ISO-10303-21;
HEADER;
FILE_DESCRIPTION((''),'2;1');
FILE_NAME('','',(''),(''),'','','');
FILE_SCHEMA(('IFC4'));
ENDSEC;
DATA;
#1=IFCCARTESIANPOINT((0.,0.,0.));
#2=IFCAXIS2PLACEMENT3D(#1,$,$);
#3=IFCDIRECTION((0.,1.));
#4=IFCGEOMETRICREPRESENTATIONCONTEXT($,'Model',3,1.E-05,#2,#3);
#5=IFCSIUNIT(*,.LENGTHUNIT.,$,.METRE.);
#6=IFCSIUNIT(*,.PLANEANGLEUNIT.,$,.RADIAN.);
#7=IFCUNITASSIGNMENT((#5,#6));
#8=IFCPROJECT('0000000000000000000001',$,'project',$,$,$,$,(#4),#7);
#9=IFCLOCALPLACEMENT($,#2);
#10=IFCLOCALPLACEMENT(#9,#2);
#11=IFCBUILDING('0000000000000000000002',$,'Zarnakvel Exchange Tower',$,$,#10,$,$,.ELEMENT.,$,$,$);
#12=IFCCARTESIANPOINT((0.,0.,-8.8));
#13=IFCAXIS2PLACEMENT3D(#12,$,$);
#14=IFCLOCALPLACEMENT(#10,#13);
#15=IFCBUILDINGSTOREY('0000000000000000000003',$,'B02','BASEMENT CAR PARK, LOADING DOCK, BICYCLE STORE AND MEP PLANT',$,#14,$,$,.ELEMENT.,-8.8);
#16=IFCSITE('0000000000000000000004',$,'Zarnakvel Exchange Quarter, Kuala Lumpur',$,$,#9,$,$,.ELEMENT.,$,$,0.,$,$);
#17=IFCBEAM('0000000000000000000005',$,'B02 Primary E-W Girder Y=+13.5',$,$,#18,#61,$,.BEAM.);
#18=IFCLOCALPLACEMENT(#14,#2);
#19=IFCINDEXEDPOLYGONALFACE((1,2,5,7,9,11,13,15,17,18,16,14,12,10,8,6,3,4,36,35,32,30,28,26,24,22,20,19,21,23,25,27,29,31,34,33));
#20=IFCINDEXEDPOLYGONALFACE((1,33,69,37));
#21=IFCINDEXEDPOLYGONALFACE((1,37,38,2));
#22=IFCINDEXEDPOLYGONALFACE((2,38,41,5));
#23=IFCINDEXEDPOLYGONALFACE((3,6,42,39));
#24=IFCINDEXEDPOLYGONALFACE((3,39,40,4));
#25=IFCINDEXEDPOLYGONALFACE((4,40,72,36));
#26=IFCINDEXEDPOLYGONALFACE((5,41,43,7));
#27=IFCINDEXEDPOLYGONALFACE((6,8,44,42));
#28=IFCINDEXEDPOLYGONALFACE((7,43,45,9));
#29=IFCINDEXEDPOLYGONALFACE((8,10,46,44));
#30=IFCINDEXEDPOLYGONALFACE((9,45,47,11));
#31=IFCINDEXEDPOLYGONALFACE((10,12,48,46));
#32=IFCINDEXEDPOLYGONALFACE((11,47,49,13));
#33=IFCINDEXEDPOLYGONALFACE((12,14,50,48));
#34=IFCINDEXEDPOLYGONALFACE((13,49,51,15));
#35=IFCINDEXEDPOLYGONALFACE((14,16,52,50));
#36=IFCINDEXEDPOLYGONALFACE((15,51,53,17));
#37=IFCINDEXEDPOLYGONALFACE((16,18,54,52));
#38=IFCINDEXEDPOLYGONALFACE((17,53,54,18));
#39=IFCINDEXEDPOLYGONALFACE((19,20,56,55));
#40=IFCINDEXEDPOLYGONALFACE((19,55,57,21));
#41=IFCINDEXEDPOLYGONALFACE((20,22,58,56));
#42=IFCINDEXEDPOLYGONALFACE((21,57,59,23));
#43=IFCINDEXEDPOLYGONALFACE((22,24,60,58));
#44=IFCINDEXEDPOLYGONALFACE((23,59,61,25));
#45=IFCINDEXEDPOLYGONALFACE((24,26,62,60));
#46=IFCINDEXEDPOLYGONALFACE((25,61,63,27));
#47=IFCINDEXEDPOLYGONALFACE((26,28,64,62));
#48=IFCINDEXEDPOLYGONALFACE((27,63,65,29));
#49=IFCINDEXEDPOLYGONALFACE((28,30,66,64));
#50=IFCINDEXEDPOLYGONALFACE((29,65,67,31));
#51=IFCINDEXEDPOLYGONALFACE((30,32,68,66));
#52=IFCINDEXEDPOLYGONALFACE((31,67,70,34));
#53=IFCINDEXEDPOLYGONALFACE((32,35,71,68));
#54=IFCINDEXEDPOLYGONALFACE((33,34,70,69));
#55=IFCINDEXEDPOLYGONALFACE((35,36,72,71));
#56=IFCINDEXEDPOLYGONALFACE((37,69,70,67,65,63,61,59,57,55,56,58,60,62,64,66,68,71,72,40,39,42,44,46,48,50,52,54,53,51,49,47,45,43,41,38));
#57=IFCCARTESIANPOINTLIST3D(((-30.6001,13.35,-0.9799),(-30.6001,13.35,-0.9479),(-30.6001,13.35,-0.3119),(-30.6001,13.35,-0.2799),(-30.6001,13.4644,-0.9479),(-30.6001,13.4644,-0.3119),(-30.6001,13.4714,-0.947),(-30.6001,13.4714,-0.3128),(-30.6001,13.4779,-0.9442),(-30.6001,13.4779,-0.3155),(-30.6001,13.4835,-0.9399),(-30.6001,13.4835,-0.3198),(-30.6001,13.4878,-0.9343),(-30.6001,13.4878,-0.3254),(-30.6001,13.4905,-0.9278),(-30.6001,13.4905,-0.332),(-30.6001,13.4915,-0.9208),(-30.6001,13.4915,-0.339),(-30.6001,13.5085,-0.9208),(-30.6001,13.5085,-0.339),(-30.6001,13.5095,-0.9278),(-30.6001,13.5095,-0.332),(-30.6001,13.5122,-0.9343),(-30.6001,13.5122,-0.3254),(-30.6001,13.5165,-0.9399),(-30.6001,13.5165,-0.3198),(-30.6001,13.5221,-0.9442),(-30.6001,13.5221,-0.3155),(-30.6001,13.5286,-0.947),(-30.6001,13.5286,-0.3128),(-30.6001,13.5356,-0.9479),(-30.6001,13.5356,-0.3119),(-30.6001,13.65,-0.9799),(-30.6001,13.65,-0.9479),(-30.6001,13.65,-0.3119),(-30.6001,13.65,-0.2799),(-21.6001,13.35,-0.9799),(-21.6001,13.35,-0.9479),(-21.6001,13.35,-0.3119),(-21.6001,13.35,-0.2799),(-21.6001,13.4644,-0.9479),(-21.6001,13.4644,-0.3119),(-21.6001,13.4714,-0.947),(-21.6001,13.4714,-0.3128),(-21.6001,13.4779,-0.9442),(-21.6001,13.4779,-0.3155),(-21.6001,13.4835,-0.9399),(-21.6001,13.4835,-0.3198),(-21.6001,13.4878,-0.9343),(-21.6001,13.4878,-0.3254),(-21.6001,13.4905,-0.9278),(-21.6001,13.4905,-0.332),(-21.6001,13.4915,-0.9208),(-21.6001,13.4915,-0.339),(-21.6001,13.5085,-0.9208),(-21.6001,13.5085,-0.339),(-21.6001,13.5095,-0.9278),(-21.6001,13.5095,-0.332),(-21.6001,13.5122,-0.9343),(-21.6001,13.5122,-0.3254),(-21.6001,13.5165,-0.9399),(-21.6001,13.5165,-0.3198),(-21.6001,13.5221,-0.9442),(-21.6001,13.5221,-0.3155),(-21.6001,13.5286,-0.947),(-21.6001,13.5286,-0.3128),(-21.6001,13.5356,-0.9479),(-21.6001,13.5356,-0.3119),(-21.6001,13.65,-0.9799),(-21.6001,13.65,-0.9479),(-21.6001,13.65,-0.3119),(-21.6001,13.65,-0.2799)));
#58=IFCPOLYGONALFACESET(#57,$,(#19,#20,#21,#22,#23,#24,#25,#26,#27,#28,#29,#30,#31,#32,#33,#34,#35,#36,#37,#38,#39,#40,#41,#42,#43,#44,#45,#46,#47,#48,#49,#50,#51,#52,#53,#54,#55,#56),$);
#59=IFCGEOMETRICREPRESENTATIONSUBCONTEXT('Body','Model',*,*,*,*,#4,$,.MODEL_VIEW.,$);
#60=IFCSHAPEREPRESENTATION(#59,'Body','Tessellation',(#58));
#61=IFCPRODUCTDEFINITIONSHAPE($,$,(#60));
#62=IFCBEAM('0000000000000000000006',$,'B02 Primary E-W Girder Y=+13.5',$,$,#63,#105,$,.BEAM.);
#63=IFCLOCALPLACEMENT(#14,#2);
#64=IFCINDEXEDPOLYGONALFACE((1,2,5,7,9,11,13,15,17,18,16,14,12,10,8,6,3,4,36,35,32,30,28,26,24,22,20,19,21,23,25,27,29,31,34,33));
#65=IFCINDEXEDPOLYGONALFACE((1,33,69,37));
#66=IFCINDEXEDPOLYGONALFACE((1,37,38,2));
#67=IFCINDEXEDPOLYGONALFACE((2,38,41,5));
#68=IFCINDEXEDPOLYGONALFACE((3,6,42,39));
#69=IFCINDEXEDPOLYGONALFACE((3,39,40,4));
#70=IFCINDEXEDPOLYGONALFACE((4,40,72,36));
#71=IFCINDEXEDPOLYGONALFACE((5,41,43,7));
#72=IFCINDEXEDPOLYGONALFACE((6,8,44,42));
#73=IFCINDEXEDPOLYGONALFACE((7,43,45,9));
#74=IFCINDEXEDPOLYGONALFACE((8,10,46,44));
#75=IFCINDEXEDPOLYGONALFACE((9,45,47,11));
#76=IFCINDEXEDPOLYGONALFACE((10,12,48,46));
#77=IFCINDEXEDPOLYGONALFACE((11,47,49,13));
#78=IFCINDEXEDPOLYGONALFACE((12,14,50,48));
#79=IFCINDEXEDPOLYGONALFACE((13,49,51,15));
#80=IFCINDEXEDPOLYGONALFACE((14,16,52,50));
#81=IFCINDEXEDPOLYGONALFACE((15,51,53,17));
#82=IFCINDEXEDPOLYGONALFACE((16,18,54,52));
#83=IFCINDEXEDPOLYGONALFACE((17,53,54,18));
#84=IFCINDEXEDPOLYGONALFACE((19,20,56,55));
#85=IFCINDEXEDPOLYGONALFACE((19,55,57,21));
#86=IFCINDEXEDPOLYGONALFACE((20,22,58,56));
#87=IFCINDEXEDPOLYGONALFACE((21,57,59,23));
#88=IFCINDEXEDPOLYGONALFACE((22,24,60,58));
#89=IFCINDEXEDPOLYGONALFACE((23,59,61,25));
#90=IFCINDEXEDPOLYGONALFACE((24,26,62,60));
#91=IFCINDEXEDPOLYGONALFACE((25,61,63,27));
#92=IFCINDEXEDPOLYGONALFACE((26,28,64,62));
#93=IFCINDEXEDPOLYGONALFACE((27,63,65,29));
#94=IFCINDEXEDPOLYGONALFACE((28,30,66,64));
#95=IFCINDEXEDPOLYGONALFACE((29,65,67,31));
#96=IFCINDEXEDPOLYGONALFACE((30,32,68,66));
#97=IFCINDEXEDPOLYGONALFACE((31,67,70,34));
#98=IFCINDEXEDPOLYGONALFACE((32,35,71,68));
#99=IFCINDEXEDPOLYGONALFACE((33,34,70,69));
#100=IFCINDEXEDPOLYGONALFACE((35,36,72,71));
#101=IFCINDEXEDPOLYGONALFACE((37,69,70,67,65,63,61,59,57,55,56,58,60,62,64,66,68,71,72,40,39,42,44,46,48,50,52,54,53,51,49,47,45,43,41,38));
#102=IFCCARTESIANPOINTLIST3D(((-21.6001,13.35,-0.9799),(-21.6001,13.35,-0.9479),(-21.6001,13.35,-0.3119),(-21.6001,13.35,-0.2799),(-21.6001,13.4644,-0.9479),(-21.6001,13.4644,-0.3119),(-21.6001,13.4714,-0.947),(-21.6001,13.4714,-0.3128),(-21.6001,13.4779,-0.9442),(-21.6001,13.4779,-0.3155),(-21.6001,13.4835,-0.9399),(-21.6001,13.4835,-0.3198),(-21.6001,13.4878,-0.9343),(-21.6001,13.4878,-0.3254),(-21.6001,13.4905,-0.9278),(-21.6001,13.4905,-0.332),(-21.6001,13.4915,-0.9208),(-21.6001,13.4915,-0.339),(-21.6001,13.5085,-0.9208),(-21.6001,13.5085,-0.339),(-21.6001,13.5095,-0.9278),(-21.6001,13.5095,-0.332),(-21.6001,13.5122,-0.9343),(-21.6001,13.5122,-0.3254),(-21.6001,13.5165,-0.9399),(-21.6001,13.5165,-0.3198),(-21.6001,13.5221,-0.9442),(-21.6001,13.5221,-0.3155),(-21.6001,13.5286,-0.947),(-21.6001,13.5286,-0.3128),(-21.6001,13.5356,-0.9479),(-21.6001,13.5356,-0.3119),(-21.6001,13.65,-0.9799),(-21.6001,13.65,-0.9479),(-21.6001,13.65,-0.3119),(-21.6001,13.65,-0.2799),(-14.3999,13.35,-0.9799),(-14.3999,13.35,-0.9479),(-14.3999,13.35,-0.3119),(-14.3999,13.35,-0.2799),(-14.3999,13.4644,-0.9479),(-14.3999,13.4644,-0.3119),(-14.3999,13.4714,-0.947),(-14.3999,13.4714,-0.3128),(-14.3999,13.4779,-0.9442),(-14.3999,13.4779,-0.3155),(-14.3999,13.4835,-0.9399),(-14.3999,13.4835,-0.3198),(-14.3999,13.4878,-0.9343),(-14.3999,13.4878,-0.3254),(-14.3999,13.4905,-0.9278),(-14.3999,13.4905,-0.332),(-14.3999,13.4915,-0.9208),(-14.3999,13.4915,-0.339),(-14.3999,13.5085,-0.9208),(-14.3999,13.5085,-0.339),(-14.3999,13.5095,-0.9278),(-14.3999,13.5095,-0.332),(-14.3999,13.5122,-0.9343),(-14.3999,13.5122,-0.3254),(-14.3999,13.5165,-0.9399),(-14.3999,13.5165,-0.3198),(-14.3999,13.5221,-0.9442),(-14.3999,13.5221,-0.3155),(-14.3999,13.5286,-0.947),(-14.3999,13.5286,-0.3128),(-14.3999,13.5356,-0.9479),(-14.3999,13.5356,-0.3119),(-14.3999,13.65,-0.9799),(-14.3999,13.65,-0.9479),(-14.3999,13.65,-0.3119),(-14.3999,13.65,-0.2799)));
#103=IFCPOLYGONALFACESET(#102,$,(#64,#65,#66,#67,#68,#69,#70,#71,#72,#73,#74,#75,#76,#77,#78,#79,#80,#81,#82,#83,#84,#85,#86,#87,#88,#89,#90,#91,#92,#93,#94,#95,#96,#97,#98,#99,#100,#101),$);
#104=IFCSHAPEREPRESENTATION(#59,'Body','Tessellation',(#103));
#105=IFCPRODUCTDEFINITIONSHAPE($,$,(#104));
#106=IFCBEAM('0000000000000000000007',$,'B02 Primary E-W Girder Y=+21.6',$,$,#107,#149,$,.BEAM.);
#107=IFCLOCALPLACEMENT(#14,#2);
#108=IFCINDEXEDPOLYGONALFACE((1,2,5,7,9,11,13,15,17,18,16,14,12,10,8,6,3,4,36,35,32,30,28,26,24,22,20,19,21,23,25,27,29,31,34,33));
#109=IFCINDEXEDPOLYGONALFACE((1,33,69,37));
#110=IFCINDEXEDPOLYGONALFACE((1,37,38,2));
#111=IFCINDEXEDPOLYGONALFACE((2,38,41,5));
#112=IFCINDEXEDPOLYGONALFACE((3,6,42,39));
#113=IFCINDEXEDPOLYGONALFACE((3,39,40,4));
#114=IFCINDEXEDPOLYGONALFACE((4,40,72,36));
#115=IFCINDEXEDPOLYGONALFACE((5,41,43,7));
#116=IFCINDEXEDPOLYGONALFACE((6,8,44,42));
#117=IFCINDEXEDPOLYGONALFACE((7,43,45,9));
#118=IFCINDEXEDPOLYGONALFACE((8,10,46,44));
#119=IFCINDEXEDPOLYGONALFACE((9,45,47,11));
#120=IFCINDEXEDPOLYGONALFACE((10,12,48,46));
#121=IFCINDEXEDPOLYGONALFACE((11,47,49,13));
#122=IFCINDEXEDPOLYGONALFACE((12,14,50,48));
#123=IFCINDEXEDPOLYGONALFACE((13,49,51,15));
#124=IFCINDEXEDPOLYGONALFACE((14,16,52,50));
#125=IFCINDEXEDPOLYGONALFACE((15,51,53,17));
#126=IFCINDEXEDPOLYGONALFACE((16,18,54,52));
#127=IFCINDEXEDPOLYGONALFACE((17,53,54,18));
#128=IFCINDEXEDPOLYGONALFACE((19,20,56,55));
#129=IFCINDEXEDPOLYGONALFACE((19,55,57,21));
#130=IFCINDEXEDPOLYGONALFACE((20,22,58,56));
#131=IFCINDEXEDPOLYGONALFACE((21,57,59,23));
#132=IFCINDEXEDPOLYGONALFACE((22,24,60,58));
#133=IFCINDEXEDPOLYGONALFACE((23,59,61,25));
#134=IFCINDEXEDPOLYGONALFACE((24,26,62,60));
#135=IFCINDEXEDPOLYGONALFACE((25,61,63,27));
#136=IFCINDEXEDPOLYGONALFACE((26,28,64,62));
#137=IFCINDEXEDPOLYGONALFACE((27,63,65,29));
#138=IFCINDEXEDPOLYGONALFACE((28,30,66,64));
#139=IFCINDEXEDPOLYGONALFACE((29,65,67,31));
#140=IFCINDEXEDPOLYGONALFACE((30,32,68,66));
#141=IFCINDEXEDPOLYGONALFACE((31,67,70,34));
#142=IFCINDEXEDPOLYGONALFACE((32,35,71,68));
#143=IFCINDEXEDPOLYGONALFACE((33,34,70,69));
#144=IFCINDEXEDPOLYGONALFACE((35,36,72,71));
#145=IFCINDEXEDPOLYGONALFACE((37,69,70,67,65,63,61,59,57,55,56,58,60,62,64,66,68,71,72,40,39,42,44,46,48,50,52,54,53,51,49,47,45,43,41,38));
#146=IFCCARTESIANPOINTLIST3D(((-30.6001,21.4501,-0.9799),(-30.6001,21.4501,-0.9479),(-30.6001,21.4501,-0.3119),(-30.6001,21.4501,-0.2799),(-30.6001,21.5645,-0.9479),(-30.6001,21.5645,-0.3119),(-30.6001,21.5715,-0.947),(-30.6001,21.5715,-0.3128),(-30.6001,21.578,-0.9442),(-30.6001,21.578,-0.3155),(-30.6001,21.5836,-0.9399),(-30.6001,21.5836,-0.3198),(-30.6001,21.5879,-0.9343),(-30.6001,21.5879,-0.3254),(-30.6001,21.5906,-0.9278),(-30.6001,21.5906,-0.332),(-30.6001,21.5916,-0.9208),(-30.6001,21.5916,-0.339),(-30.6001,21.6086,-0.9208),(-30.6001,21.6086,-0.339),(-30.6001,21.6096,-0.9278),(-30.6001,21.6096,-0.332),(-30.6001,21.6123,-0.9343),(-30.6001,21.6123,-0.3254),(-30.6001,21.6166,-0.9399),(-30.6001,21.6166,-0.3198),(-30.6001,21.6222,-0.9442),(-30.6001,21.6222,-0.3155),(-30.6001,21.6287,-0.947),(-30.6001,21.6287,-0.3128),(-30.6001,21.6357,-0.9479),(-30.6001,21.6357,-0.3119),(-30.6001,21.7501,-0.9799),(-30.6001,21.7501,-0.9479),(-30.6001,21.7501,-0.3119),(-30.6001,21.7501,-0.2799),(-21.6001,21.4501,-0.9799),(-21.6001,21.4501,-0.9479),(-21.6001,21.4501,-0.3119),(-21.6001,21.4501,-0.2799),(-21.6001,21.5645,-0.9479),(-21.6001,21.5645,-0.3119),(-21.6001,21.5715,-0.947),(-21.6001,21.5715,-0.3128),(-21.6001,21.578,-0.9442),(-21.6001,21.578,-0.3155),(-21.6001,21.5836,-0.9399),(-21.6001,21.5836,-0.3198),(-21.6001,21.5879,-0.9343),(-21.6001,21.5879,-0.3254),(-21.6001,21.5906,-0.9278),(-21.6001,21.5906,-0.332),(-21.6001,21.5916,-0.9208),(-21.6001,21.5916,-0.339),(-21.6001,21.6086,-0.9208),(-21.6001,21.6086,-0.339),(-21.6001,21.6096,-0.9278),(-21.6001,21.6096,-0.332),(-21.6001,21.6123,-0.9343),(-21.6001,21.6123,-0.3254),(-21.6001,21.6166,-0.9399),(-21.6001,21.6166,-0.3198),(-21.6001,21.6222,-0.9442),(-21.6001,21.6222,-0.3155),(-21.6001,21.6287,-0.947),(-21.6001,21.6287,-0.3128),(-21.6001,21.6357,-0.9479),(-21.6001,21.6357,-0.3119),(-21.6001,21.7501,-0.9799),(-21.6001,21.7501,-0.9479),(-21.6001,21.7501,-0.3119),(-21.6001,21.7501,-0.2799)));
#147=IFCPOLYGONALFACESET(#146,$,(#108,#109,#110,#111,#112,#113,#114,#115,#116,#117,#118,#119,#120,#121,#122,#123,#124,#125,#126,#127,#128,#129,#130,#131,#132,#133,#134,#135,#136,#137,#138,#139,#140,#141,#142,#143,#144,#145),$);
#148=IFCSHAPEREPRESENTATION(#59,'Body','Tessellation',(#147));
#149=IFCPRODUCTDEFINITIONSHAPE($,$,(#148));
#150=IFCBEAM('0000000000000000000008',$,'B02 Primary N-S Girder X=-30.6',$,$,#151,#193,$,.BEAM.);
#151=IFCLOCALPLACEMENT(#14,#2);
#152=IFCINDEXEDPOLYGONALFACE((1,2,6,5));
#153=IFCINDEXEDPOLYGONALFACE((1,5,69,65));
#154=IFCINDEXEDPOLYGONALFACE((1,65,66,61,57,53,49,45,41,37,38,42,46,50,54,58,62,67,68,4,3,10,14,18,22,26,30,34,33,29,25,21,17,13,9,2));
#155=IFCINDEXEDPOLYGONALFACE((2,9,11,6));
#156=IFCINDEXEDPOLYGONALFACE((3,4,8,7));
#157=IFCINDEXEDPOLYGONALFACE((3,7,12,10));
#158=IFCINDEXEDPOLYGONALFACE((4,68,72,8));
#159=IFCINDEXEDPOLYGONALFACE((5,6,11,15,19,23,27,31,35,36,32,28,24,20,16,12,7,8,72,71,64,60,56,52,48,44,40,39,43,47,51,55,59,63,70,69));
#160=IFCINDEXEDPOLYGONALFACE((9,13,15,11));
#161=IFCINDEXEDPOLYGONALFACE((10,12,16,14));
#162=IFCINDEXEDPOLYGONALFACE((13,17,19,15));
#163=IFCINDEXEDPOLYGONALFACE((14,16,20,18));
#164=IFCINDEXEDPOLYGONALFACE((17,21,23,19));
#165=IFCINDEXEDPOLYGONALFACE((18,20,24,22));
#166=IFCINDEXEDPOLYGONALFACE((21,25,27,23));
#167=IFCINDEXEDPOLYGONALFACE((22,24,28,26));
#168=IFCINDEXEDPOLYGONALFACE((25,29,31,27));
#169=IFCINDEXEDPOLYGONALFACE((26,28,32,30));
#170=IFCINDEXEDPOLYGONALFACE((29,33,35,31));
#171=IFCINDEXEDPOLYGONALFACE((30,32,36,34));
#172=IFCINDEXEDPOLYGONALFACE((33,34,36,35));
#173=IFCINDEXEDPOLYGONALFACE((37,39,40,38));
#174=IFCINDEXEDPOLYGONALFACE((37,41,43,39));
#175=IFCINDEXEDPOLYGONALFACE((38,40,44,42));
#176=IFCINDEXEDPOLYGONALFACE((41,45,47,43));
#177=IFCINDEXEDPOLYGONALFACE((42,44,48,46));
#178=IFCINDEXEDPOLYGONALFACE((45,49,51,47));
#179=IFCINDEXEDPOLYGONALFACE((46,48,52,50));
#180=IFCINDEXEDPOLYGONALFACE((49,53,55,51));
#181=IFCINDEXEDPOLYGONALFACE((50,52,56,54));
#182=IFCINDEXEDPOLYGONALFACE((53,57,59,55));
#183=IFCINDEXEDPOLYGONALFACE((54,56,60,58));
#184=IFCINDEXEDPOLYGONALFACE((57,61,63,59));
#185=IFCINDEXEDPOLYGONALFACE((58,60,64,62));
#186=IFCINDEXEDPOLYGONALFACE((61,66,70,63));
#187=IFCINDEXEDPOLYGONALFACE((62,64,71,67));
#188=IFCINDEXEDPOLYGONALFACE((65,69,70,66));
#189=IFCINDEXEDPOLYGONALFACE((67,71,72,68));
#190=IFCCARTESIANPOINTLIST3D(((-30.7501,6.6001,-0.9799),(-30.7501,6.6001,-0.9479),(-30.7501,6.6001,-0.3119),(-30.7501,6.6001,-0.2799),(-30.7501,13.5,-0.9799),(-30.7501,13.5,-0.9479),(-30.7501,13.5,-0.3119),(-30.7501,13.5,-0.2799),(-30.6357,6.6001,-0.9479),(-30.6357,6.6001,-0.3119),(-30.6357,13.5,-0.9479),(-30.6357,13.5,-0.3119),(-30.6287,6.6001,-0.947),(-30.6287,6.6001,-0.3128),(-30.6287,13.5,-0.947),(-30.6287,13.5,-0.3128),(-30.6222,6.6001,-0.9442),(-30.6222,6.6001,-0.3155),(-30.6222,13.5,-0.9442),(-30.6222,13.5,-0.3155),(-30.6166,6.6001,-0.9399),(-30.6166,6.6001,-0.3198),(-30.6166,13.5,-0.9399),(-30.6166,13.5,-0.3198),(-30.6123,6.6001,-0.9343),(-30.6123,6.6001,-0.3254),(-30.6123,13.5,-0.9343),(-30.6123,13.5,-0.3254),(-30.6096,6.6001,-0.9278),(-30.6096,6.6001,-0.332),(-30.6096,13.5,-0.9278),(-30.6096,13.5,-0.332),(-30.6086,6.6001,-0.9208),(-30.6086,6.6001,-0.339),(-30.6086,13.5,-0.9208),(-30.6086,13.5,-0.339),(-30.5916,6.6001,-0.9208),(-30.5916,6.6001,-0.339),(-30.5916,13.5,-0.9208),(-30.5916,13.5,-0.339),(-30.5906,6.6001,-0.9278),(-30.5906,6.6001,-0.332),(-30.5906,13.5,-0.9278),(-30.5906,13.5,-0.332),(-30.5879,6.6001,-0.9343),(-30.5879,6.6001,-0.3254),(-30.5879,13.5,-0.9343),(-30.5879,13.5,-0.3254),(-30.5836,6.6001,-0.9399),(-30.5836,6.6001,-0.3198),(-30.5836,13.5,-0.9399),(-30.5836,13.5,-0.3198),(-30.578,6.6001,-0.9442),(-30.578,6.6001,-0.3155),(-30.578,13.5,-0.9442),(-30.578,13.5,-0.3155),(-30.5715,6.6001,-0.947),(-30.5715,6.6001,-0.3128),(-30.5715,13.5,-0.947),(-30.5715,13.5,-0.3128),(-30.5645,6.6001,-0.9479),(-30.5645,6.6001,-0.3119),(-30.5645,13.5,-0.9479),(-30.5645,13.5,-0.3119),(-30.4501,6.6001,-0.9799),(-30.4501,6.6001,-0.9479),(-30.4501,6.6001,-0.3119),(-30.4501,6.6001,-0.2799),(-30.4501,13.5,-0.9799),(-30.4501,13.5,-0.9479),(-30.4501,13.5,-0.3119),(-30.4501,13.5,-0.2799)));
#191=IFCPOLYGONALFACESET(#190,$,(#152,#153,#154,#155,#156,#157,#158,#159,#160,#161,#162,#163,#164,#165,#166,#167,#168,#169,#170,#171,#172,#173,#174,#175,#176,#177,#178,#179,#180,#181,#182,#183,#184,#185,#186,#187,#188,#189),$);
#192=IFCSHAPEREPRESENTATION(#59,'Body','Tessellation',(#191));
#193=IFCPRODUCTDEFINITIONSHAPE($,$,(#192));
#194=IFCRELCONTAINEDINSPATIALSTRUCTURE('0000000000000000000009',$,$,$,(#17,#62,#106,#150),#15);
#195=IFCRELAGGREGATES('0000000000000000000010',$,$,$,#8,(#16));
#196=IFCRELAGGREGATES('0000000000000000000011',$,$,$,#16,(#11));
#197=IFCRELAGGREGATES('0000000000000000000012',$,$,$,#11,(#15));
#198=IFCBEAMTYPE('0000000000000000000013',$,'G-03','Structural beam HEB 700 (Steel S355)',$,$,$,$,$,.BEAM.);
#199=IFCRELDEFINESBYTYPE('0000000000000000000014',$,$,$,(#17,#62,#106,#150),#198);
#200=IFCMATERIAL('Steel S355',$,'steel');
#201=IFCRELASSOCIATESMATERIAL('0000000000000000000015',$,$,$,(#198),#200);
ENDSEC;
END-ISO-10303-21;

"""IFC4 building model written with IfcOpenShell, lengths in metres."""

from ifc_helpers import new_model, si_unit, direction, frame, origin, origin_2d, place, context, subcontext, project, spatial, i_section, extrude, material, material_profile, profile_set, type_object, element, save


model = new_model("IFC4")

# Units and contexts
model_context = context("Model", 3, precision=1e-05, world=origin(), true_north=direction((0.0, 1.0)))
body_context = subcontext(model_context, "Body", "Model", "MODEL_VIEW")
ifc_project = project(units=[si_unit("LENGTHUNIT", "METRE"), si_unit("PLANEANGLEUNIT", "RADIAN")], contexts=[model_context])

# Site, building, storey
site_placement = place(None, origin())
site = spatial("IfcSite", under=ifc_project, at=site_placement, Name="Zarnakvel Exchange Quarter, Kuala Lumpur", CompositionType="ELEMENT", RefElevation=0.0)
building_placement = place(site_placement, origin())
building = spatial("IfcBuilding", under=site, at=building_placement, Name="Zarnakvel Exchange Tower", CompositionType="ELEMENT")
storey_placement = place(building_placement, frame((0.0, 0.0, -8.8)))
storey = spatial("IfcBuildingStorey", under=building, at=storey_placement, Name="B02", Description="BASEMENT CAR PARK, LOADING DOCK, BICYCLE STORE AND MEP PLANT", CompositionType="ELEMENT", Elevation=-8.8)

# Beams
ifc_material_1 = material(Name="Steel S355", Category="steel")
ifc_material_profile_1 = material_profile(ifc_material_1, i_section(OverallWidth=0.3, OverallDepth=0.7, WebThickness=0.0171, FlangeThickness=0.032, FilletRadius=0.0271, at=origin_2d()))
ifc_profile_set_1 = profile_set([ifc_material_profile_1], Name="Steel S355")
beam_type_1 = type_object("IfcBeamType", Name="G-03", Description="Structural beam HEB 700 (Steel S355)", PredefinedType="BEAM", material=ifc_profile_set_1)
for number, where, z_axis, x_axis, name in (
    (1, (-30.6001, 13.5, -0.6299), (1.0, 0.0, 0.0), (0.0, 1.0, 0.0), "B02 Primary E-W Girder Y=+13.5"),
):
    element("IfcBeam", number, at=place(storey_placement, frame(where, z_axis=z_axis, x_axis=x_axis)), inside=storey, type_object=beam_type_1, Name=name, PredefinedType="BEAM", context=body_context, shape_type="SweptSolid", body=[
        extrude(i_section(OverallWidth=0.3, OverallDepth=0.7, WebThickness=0.0171, FlangeThickness=0.032, FilletRadius=0.0271, at=origin_2d()), origin(), (0.0, 0.0, 1.0), 9.0),
    ])
beam_1_placement = place(storey_placement, frame((-21.6001, 13.5, -0.6299), z_axis=(1.0, 0.0, 0.0), x_axis=(0.0, 1.0, 0.0)))
element("IfcBeam", 2, at=beam_1_placement, inside=storey, type_object=beam_type_1, Name="B02 Primary E-W Girder Y=+13.5", PredefinedType="BEAM", context=body_context, shape_type="SweptSolid", body=[
    extrude(i_section(OverallWidth=0.3, OverallDepth=0.7, WebThickness=0.0171, FlangeThickness=0.032, FilletRadius=0.0271, at=origin_2d()), origin(), (0.0, 0.0, 1.0), 7.2002),
])
beam_2_placement = place(storey_placement, frame((-30.6001, 21.6001, -0.6299), z_axis=(1.0, 0.0, 0.0), x_axis=(0.0, 1.0, 0.0)))
element("IfcBeam", 3, at=beam_2_placement, inside=storey, type_object=beam_type_1, Name="B02 Primary E-W Girder Y=+21.6", PredefinedType="BEAM", context=body_context, shape_type="SweptSolid", body=[
    extrude(i_section(OverallWidth=0.3, OverallDepth=0.7, WebThickness=0.0171, FlangeThickness=0.032, FilletRadius=0.0271, at=origin_2d()), origin(), (0.0, 0.0, 1.0), 9.0),
])
beam_3_placement = place(storey_placement, frame((-30.6001, 6.6001, -0.6299), z_axis=(0.0, 1.0, 0.0), x_axis=(-1.0, 0.0, 0.0)))
element("IfcBeam", 4, at=beam_3_placement, inside=storey, type_object=beam_type_1, Name="B02 Primary N-S Girder X=-30.6", PredefinedType="BEAM", context=body_context, shape_type="SweptSolid", body=[
    extrude(i_section(OverallWidth=0.3, OverallDepth=0.7, WebThickness=0.0171, FlangeThickness=0.032, FilletRadius=0.0271, at=origin_2d()), origin(), (0.0, 0.0, 1.0), 6.8999),
])

save(model, "model.ifc")
